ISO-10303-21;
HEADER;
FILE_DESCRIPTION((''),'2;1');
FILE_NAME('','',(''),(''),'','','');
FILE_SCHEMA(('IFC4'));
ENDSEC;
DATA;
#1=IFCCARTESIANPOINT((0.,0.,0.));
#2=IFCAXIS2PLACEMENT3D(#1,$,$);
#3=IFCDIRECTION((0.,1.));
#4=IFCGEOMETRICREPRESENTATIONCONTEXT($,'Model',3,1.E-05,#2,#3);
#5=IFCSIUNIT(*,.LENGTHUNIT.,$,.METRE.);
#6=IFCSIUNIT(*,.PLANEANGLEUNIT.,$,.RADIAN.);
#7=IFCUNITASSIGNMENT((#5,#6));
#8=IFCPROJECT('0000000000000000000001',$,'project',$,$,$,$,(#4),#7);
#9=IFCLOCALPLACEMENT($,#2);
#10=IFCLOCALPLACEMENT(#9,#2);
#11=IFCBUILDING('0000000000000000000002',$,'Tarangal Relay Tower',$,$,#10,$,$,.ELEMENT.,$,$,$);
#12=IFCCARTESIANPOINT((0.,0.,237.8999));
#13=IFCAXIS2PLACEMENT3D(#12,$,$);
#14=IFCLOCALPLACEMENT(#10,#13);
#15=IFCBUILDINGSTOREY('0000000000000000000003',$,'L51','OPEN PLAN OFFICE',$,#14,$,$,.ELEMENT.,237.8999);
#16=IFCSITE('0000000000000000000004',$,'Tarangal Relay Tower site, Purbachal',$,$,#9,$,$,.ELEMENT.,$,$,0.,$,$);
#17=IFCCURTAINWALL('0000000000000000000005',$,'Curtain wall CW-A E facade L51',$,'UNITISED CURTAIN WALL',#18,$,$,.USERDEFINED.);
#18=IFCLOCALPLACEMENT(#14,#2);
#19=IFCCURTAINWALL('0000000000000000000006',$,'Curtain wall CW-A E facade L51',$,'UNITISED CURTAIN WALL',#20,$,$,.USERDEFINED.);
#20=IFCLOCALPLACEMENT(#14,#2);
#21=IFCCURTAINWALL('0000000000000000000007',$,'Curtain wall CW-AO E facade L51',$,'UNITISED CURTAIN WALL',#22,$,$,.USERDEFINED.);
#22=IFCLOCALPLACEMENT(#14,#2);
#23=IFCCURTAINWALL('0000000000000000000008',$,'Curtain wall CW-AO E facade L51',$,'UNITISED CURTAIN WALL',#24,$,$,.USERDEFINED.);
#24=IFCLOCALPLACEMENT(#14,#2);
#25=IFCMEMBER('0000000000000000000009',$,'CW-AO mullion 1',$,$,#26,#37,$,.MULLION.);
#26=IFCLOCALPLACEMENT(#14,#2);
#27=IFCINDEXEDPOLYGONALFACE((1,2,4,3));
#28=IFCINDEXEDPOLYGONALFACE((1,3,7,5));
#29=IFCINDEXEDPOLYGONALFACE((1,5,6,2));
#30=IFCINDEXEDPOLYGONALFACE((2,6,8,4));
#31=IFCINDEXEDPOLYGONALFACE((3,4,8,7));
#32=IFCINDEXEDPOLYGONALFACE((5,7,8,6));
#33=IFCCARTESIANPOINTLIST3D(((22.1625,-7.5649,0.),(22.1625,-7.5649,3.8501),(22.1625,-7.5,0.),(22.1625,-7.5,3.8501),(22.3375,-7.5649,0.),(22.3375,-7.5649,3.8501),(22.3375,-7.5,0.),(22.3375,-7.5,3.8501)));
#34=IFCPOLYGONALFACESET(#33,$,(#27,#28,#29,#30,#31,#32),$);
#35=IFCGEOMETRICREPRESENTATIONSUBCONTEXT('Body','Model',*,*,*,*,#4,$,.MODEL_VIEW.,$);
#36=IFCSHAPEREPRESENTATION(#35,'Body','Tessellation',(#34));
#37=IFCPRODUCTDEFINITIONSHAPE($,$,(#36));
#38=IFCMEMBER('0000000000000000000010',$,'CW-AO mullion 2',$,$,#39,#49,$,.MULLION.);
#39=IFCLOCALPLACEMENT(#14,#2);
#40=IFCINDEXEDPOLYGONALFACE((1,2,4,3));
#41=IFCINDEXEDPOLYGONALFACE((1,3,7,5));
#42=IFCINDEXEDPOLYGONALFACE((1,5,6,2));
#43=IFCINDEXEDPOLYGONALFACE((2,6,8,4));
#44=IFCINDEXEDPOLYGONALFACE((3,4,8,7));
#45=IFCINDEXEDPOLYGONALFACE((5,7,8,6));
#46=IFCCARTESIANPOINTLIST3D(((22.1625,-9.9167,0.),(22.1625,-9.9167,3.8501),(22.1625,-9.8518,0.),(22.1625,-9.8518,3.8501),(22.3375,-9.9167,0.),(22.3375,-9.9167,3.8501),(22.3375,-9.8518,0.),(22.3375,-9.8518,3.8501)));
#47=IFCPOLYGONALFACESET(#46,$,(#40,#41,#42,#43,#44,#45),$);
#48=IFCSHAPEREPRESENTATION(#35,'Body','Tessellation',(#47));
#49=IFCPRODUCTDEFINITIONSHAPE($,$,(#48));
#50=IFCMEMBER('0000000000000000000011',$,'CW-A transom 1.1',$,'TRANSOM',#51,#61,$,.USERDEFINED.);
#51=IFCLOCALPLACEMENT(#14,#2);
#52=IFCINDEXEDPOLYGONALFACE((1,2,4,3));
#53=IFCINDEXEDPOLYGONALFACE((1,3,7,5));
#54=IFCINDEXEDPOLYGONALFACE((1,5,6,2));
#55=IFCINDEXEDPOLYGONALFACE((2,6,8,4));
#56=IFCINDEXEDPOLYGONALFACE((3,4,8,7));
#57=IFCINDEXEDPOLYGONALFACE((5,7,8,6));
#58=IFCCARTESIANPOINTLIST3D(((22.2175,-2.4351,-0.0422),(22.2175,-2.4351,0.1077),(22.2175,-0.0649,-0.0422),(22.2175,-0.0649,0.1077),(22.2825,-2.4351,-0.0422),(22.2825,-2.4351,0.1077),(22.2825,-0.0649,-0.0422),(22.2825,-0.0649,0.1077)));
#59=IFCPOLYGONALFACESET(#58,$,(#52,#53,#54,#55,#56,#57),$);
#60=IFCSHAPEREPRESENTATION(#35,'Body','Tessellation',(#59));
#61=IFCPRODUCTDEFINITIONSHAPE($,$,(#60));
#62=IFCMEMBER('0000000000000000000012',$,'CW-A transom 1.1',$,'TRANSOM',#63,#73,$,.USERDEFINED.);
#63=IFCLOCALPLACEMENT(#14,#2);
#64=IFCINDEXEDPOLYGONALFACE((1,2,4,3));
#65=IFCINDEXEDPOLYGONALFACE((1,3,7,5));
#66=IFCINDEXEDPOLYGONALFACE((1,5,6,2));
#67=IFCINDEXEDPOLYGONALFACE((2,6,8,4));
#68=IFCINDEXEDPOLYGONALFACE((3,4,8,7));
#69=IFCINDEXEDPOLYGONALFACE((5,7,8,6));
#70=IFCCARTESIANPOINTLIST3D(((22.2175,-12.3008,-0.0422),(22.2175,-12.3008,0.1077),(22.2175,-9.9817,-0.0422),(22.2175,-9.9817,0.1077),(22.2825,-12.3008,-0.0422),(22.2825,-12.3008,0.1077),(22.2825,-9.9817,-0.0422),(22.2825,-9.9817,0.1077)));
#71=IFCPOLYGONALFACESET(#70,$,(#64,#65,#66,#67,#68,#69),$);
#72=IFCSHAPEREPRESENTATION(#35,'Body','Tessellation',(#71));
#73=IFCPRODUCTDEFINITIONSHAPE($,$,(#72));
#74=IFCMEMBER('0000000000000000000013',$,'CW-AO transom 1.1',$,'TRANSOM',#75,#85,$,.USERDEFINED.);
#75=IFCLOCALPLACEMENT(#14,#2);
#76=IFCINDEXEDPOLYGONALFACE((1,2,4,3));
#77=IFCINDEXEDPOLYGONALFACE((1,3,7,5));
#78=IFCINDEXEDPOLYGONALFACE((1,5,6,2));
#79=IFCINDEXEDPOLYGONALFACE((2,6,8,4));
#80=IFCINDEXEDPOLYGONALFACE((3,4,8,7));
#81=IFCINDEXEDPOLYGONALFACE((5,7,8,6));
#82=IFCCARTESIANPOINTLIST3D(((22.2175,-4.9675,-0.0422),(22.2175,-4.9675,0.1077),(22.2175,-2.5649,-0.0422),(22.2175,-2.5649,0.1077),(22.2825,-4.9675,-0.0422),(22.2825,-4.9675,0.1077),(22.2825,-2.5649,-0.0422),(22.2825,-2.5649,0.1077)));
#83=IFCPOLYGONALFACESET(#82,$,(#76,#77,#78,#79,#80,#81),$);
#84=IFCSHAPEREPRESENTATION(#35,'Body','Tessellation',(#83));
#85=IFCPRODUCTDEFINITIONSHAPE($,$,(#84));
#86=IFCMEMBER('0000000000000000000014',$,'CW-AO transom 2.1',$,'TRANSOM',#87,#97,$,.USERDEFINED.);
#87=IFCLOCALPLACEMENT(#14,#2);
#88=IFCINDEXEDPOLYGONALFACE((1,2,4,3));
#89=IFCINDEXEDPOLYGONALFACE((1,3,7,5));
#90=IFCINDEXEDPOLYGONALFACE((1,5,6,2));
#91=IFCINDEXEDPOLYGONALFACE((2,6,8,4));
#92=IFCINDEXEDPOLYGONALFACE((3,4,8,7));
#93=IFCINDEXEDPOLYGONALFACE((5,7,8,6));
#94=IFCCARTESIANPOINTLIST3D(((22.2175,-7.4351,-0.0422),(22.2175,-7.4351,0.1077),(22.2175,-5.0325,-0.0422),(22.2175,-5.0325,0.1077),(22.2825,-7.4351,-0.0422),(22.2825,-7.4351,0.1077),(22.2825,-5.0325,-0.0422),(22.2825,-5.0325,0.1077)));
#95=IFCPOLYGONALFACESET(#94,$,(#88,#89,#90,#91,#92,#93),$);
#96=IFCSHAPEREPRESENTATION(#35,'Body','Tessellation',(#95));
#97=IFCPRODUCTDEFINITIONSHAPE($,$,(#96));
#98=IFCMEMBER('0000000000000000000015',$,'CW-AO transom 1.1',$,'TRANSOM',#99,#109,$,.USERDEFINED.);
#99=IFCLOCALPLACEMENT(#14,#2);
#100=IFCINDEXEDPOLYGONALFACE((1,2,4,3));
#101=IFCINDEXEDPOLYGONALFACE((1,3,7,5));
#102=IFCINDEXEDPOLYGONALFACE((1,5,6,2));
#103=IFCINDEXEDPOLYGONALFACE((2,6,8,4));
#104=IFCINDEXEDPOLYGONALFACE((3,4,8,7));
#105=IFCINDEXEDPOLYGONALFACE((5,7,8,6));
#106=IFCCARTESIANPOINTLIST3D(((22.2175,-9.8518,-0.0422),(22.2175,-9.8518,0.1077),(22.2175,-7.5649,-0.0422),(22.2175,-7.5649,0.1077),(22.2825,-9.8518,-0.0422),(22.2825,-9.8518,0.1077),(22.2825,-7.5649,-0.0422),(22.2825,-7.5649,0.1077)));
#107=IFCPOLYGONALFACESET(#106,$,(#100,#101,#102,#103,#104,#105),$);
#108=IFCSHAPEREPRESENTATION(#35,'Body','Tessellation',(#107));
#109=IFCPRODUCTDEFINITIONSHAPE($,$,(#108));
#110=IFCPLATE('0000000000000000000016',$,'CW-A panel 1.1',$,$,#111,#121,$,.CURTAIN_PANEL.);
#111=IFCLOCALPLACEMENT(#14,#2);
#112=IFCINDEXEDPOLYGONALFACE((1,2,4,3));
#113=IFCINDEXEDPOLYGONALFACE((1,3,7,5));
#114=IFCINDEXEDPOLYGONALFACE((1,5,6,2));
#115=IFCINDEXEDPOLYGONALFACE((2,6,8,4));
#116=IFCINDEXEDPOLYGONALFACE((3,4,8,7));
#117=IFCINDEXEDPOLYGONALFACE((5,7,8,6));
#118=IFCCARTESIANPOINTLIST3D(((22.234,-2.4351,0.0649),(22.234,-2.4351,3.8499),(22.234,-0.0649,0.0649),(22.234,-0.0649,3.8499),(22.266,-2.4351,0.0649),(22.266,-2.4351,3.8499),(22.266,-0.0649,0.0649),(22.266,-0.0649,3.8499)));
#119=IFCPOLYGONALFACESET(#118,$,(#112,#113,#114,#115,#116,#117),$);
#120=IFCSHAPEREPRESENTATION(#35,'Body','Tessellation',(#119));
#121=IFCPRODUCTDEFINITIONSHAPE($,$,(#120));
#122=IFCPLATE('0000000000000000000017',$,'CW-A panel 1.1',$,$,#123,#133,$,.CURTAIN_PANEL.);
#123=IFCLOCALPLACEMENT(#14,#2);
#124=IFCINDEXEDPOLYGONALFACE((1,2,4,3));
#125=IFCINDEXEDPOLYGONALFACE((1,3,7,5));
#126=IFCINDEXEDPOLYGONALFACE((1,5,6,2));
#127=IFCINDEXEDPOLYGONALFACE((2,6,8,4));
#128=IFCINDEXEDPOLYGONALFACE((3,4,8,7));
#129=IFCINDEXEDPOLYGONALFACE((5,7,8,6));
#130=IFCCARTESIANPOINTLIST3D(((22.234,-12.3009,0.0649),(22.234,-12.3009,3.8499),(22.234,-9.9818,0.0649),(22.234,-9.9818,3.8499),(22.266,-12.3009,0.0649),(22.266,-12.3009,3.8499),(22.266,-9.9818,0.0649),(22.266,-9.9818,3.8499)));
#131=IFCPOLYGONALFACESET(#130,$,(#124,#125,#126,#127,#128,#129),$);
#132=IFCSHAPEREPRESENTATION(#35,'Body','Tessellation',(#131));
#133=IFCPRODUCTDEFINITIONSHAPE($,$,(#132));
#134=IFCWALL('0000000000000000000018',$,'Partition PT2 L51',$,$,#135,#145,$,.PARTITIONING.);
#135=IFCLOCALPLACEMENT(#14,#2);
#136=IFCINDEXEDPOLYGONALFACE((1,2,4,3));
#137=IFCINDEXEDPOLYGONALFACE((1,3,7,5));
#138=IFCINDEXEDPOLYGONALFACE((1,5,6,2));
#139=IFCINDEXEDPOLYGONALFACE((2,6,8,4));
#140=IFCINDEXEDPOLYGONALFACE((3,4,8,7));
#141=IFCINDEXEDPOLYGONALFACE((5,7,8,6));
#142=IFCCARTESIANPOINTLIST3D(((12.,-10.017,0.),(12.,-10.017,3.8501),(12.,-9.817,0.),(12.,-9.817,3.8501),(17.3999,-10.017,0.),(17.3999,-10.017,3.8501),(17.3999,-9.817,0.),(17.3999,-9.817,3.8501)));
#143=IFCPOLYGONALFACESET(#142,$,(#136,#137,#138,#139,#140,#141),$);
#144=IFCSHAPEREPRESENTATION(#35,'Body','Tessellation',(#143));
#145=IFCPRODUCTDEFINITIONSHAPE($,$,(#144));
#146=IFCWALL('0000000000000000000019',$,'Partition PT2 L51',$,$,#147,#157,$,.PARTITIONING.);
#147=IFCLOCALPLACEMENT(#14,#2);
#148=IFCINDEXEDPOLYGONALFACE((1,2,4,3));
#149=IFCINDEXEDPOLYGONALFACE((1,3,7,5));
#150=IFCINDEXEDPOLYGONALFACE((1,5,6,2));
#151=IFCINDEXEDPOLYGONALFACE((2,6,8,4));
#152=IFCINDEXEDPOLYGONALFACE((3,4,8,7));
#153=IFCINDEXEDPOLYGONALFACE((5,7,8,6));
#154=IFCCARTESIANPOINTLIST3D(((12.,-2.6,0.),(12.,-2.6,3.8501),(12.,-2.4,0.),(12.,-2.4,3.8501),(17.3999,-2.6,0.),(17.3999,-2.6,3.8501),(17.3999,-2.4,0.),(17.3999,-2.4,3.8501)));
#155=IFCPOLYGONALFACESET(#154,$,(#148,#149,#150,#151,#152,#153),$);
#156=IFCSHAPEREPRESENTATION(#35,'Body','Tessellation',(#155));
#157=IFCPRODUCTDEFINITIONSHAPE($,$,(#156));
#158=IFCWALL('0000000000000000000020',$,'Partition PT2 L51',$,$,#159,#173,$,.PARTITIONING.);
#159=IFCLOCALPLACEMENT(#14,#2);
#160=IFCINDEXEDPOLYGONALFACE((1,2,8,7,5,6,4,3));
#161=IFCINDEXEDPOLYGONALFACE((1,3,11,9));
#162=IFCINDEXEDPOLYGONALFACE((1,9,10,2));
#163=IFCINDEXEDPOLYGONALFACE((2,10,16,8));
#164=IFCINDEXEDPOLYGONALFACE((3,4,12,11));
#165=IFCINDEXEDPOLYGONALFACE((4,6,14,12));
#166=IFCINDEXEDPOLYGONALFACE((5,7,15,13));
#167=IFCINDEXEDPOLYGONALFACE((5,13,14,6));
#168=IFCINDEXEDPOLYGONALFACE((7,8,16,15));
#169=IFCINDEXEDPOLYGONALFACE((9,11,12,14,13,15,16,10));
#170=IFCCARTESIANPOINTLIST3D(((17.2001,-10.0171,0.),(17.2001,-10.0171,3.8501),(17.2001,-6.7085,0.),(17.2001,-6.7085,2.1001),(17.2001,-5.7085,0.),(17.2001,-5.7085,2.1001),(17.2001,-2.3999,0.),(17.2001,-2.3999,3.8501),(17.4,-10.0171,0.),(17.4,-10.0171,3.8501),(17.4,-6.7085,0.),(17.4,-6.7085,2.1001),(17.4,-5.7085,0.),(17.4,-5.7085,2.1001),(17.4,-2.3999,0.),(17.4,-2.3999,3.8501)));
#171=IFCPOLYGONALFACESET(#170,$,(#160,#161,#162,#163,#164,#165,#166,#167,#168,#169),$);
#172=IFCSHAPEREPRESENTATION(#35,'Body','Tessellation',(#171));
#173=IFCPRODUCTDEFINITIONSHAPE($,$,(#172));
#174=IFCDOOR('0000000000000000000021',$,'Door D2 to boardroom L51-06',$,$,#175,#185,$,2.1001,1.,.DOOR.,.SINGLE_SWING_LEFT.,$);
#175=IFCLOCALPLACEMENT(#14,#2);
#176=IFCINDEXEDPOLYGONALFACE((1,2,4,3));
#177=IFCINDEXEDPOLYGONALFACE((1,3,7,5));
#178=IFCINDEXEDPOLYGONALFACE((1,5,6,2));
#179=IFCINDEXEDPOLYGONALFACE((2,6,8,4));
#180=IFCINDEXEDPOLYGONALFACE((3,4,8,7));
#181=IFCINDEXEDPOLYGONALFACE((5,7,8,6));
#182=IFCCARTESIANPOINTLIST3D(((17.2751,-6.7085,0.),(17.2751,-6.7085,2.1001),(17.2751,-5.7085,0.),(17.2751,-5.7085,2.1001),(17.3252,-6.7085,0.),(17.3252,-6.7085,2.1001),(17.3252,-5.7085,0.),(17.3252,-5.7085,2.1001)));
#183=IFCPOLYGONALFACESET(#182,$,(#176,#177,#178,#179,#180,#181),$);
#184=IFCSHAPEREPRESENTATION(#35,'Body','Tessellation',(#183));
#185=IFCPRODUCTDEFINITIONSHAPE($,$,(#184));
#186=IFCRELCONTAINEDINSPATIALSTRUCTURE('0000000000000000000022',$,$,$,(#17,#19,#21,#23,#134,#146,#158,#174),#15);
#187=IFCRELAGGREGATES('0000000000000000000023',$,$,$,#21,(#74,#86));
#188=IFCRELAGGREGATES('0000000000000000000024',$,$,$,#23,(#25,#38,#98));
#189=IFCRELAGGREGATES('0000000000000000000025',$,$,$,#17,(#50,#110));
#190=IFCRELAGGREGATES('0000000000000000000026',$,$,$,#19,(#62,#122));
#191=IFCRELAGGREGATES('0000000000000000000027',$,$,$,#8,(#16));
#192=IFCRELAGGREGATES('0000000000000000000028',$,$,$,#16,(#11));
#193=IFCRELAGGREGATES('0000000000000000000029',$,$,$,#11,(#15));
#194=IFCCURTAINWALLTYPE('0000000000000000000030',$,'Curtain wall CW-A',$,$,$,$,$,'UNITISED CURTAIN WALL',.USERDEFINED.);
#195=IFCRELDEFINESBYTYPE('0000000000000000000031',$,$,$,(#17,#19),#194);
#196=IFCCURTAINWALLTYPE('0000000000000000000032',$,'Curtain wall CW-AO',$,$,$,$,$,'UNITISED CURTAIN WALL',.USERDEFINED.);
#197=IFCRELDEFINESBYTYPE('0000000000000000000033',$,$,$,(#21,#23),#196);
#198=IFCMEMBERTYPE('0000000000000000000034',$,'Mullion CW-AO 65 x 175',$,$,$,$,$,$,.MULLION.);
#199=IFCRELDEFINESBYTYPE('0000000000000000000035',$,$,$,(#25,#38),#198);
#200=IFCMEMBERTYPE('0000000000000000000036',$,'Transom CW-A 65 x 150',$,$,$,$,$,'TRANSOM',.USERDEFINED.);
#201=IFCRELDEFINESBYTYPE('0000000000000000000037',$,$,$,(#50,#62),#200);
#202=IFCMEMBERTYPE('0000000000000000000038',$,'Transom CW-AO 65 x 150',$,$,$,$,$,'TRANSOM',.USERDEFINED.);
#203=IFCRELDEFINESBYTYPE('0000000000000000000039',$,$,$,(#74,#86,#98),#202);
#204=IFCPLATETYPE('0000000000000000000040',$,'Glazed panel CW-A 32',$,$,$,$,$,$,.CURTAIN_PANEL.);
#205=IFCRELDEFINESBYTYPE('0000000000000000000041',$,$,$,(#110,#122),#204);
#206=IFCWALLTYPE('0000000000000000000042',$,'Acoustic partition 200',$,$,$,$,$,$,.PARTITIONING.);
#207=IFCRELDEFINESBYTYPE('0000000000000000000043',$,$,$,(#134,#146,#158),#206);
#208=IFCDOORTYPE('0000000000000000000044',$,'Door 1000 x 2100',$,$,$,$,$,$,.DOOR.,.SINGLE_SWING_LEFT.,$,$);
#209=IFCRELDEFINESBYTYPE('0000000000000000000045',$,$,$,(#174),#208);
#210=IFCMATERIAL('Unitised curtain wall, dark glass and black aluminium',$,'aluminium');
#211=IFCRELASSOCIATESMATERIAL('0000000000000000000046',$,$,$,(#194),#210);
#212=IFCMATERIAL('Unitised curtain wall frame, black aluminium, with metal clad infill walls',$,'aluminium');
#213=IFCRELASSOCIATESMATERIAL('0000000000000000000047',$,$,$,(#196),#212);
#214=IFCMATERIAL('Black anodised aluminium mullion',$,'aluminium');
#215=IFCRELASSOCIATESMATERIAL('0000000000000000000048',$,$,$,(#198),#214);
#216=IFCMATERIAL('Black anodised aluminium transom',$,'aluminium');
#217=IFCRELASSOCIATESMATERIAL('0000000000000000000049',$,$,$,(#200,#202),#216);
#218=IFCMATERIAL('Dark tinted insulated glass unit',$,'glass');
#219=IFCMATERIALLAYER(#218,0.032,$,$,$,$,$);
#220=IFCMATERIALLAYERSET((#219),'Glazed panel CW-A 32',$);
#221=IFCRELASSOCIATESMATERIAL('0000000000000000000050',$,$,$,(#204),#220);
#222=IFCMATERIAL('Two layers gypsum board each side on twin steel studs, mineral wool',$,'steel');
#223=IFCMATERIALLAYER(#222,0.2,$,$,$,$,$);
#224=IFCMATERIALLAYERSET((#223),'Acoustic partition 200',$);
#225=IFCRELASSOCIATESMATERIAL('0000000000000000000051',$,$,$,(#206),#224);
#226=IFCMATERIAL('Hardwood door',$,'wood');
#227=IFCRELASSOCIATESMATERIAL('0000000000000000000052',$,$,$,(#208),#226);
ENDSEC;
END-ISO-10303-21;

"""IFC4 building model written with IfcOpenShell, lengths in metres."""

from ifc_helpers import new_model, si_unit, direction, frame, frame_2d, origin, origin_2d, place, context, subcontext, project, spatial, rectangle, extrude, material, layer, layer_set, material_profile, profile_set, type_object, element, fill, aggregate, save


model = new_model("IFC4")

# Units and contexts
model_context = context("Model", 3, precision=1e-05, world=origin(), true_north=direction((0.0, 1.0)))
body_context = subcontext(model_context, "Body", "Model", "MODEL_VIEW")
ifc_project = project(units=[si_unit("LENGTHUNIT", "METRE"), si_unit("PLANEANGLEUNIT", "RADIAN")], contexts=[model_context])

# Site, building, storey
site_placement = place(None, origin())
site = spatial("IfcSite", under=ifc_project, at=site_placement, Name="Tarangal Relay Tower site, Purbachal", CompositionType="ELEMENT", RefElevation=0.0)
building_placement = place(site_placement, origin())
building = spatial("IfcBuilding", under=site, at=building_placement, Name="Tarangal Relay Tower", CompositionType="ELEMENT")
storey_placement = place(building_placement, frame((0.0, 0.0, 237.8999)))
storey = spatial("IfcBuildingStorey", under=building, at=storey_placement, Name="L51", Description="OPEN PLAN OFFICE", CompositionType="ELEMENT", Elevation=237.8999)

# Curtain wall
ifc_material_1 = material(Name="Unitised curtain wall, dark glass and black aluminium", Category="aluminium")
curtain_wall_type_1 = type_object("IfcCurtainWallType", Name="Curtain wall CW-A", ElementType="UNITISED CURTAIN WALL", PredefinedType="USERDEFINED", material=ifc_material_1)
curtain_wall_1_placement = place(storey_placement, origin())
curtain_wall_1 = element("IfcCurtainWall", 1, at=curtain_wall_1_placement, inside=storey, type_object=curtain_wall_type_1, Name="Curtain wall CW-A E facade L51", ObjectType="UNITISED CURTAIN WALL", PredefinedType="USERDEFINED")
ifc_material_2 = material(Name="Black anodised aluminium mullion", Category="aluminium")

# Curtain wall
curtain_wall_2_placement = place(storey_placement, origin())
curtain_wall_2 = element("IfcCurtainWall", 2, at=curtain_wall_2_placement, inside=storey, type_object=curtain_wall_type_1, Name="Curtain wall CW-A E facade L51", ObjectType="UNITISED CURTAIN WALL", PredefinedType="USERDEFINED")

# Curtain walls, members
ifc_material_3 = material(Name="Unitised curtain wall frame, black aluminium, with metal clad infill walls", Category="aluminium")
curtain_wall_type_2 = type_object("IfcCurtainWallType", Name="Curtain wall CW-AO", ElementType="UNITISED CURTAIN WALL", PredefinedType="USERDEFINED", material=ifc_material_3)
curtain_wall_3_placement = place(storey_placement, origin())
curtain_wall_3 = element("IfcCurtainWall", 3, at=curtain_wall_3_placement, inside=storey, type_object=curtain_wall_type_2, Name="Curtain wall CW-AO E facade L51", ObjectType="UNITISED CURTAIN WALL", PredefinedType="USERDEFINED")
ifc_material_profile_1 = material_profile(ifc_material_2, rectangle(XDim=0.175, YDim=0.0649, at=origin_2d()), Name="CW-AOM 65X175")
ifc_profile_set_1 = profile_set([ifc_material_profile_1], Name="Black anodised aluminium mullion")
member_type_1 = type_object("IfcMemberType", Name="Mullion CW-AO 65 x 175", PredefinedType="MULLION", material=ifc_profile_set_1)
curtain_wall_4_placement = place(storey_placement, origin())
curtain_wall_4 = element("IfcCurtainWall", 4, at=curtain_wall_4_placement, inside=storey, type_object=curtain_wall_type_2, Name="Curtain wall CW-AO E facade L51", ObjectType="UNITISED CURTAIN WALL", PredefinedType="USERDEFINED")
member_1_placement = place(storey_placement, frame((22.25, -7.5325, 0.0), z_axis=(0.0, 0.0, 1.0), x_axis=(1.0, 0.0, 0.0)))
member_1 = element("IfcMember", 5, at=member_1_placement, type_object=member_type_1, Name="CW-AO mullion 1", PredefinedType="MULLION", context=body_context, shape_type="SweptSolid", body=[
    extrude(rectangle(XDim=0.175, YDim=0.0649, at=origin_2d()), origin(), (0.0, 0.0, 1.0), 3.8501),
])
member_2_placement = place(storey_placement, frame((22.25, -9.8843, 0.0), z_axis=(0.0, 0.0, 1.0), x_axis=(1.0, 0.0, 0.0)))
member_2 = element("IfcMember", 6, at=member_2_placement, type_object=member_type_1, Name="CW-AO mullion 2", PredefinedType="MULLION", context=body_context, shape_type="SweptSolid", body=[
    extrude(rectangle(XDim=0.175, YDim=0.0649, at=origin_2d()), origin(), (0.0, 0.0, 1.0), 3.8501),
])

# Members
ifc_material_4 = material(Name="Black anodised aluminium transom", Category="aluminium")
ifc_material_profile_2 = material_profile(ifc_material_4, rectangle(XDim=0.0649, YDim=0.1499, at=origin_2d()), Name="CW-AT 65X150")
ifc_profile_set_2 = profile_set([ifc_material_profile_2], Name="Black anodised aluminium transom")
member_type_2 = type_object("IfcMemberType", Name="Transom CW-A 65 x 150", ElementType="TRANSOM", PredefinedType="USERDEFINED", material=ifc_profile_set_2)
member_3_placement = place(storey_placement, frame((22.25, -0.0649, 0.0327), z_axis=(0.0, -1.0, 0.0), x_axis=(1.0, 0.0, 0.0)))
member_3 = element("IfcMember", 7, at=member_3_placement, type_object=member_type_2, Name="CW-A transom 1.1", ObjectType="TRANSOM", PredefinedType="USERDEFINED", context=body_context, shape_type="SweptSolid", body=[
    extrude(rectangle(XDim=0.0649, YDim=0.1499, at=origin_2d()), origin(), (0.0, 0.0, 1.0), 2.3701),
])
member_4_placement = place(storey_placement, frame((22.25, -9.9817, 0.0327), z_axis=(0.0, -1.0, 0.0), x_axis=(1.0, 0.0, 0.0)))
member_4 = element("IfcMember", 8, at=member_4_placement, type_object=member_type_2, Name="CW-A transom 1.1", ObjectType="TRANSOM", PredefinedType="USERDEFINED", context=body_context, shape_type="SweptSolid", body=[
    extrude(rectangle(XDim=0.0649, YDim=0.1499, at=origin_2d()), origin(), (0.0, 0.0, 1.0), 2.3191),
])
ifc_material_profile_3 = material_profile(ifc_material_4, rectangle(XDim=0.0649, YDim=0.1499, at=origin_2d()), Name="CW-AOT 65X150")
ifc_profile_set_3 = profile_set([ifc_material_profile_3], Name="Black anodised aluminium transom")
member_type_3 = type_object("IfcMemberType", Name="Transom CW-AO 65 x 150", ElementType="TRANSOM", PredefinedType="USERDEFINED", material=ifc_profile_set_3)
member_5_placement = place(storey_placement, frame((22.25, -2.5649, 0.0327), z_axis=(0.0, -1.0, 0.0), x_axis=(1.0, 0.0, 0.0)))
member_5 = element("IfcMember", 9, at=member_5_placement, type_object=member_type_3, Name="CW-AO transom 1.1", ObjectType="TRANSOM", PredefinedType="USERDEFINED", context=body_context, shape_type="SweptSolid", body=[
    extrude(rectangle(XDim=0.0649, YDim=0.1499, at=origin_2d()), origin(), (0.0, 0.0, 1.0), 2.4026),
])
member_6_placement = place(storey_placement, frame((22.25, -5.0325, 0.0327), z_axis=(0.0, -1.0, 0.0), x_axis=(1.0, 0.0, 0.0)))
member_6 = element("IfcMember", 10, at=member_6_placement, type_object=member_type_3, Name="CW-AO transom 2.1", ObjectType="TRANSOM", PredefinedType="USERDEFINED", context=body_context, shape_type="SweptSolid", body=[
    extrude(rectangle(XDim=0.0649, YDim=0.1499, at=origin_2d()), origin(), (0.0, 0.0, 1.0), 2.4026),
])
aggregate(curtain_wall_3, [member_5, member_6])
member_7_placement = place(storey_placement, frame((22.25, -7.5649, 0.0327), z_axis=(0.0, -1.0, 0.0), x_axis=(1.0, 0.0, 0.0)))
member_7 = element("IfcMember", 11, at=member_7_placement, type_object=member_type_3, Name="CW-AO transom 1.1", ObjectType="TRANSOM", PredefinedType="USERDEFINED", context=body_context, shape_type="SweptSolid", body=[
    extrude(rectangle(XDim=0.0649, YDim=0.1499, at=origin_2d()), origin(), (0.0, 0.0, 1.0), 2.2869),
])
aggregate(curtain_wall_4, [member_1, member_2, member_7])

# Plates
ifc_material_5 = material(Name="Dark tinted insulated glass unit", Category="glass")
ifc_layer_1 = layer(ifc_material_5, 0.032)
ifc_layer_set_1 = layer_set([ifc_layer_1], Name="Glazed panel CW-A 32")
plate_type = type_object("IfcPlateType", Name="Glazed panel CW-A 32", PredefinedType="CURTAIN_PANEL", material=ifc_layer_set_1)
plate_1_placement = place(storey_placement, frame((22.25, -1.25, 0.0649), z_axis=(0.0, 0.0, 1.0), x_axis=(0.0, -1.0, 0.0)))
plate_1 = element("IfcPlate", 12, at=plate_1_placement, type_object=plate_type, Name="CW-A panel 1.1", PredefinedType="CURTAIN_PANEL", context=body_context, shape_type="SweptSolid", body=[
    extrude(rectangle(XDim=2.3701, YDim=0.032, at=origin_2d()), origin(), (0.0, 0.0, 1.0), 3.7849),
])
aggregate(curtain_wall_1, [member_3, plate_1])
plate_2_placement = place(storey_placement, frame((22.25, -11.1414, 0.0649), z_axis=(0.0, 0.0, 1.0), x_axis=(0.0, -1.0, 0.0)))
plate_2 = element("IfcPlate", 13, at=plate_2_placement, type_object=plate_type, Name="CW-A panel 1.1", PredefinedType="CURTAIN_PANEL", context=body_context, shape_type="SweptSolid", body=[
    extrude(rectangle(XDim=2.3191, YDim=0.032, at=origin_2d()), origin(), (0.0, 0.0, 1.0), 3.7849),
])
aggregate(curtain_wall_2, [member_4, plate_2])

# Walls
ifc_material_6 = material(Name="Two layers gypsum board each side on twin steel studs, mineral wool", Category="steel")
ifc_layer_2 = layer(ifc_material_6, 0.2)
ifc_layer_set_2 = layer_set([ifc_layer_2], Name="Acoustic partition 200")
wall_type_1 = type_object("IfcWallType", Name="Acoustic partition 200", PredefinedType="PARTITIONING", material=ifc_layer_set_2)
for number, where, z_axis, x_axis, name in (
    (14, (12.0, -9.917, 0.0), (0.0, 0.0, 1.0), (1.0, 0.0, 0.0), "Partition PT2 L51"),
    (15, (12.0, -2.5, 0.0), (0.0, 0.0, 1.0), (1.0, 0.0, 0.0), "Partition PT2 L51"),
):
    element("IfcWall", number, at=place(storey_placement, frame(where, z_axis=z_axis, x_axis=x_axis)), inside=storey, type_object=wall_type_1, Name=name, PredefinedType="PARTITIONING", context=body_context, shape_type="SweptSolid", body=[
        extrude(rectangle(XDim=5.3999, YDim=0.2, at=frame_2d((2.7, 0.0))), origin(), (0.0, 0.0, 1.0), 3.8501),
    ])

# Wall, opening, door
wall_1_placement = place(storey_placement, frame((17.3, -10.0171, 0.0), z_axis=(0.0, 0.0, 1.0), x_axis=(0.0, 1.0, 0.0)))
wall_1 = element("IfcWall", 16, at=wall_1_placement, inside=storey, type_object=wall_type_1, Name="Partition PT2 L51", PredefinedType="PARTITIONING", context=body_context, shape_type="SweptSolid", body=[
    extrude(rectangle(XDim=7.6172, YDim=0.2, at=frame_2d((3.8086, 0.0))), origin(), (0.0, 0.0, 1.0), 3.8501),
])
opening_1_placement = place(wall_1_placement, frame((3.3086, 0.0, 0.0)))
opening_1 = element("IfcOpeningElement", 17, at=opening_1_placement, cuts=wall_1, PredefinedType="OPENING", context=body_context, shape_type="SweptSolid", body=[
    extrude(rectangle(XDim=1.0, YDim=2.1001, at=frame_2d((0.5, 1.05))), frame((0.0, 0.1099, 0.0), z_axis=(0.0, -1.0, 0.0), x_axis=(1.0, 0.0, 0.0)), (0.0, 0.0, 1.0), 0.22),
])
ifc_material_7 = material(Name="Hardwood door", Category="wood")
door_type_1 = type_object("IfcDoorType", Name="Door 1000 x 2100", OperationType="SINGLE_SWING_LEFT", PredefinedType="DOOR", material=ifc_material_7)
door_1_placement = place(opening_1_placement, origin())
door_1 = element("IfcDoor", 18, at=door_1_placement, inside=storey, type_object=door_type_1, Name="Door D2 to boardroom L51-06", OperationType="SINGLE_SWING_LEFT", OverallHeight=2.1001, OverallWidth=1.0, PredefinedType="DOOR", context=body_context, shape_type="SweptSolid", body=[
    extrude(rectangle(XDim=1.0, YDim=2.1001, at=frame_2d((0.5, 1.05))), frame((0.0, 0.0249, 0.0), z_axis=(0.0, -1.0, 0.0), x_axis=(1.0, 0.0, 0.0)), (0.0, 0.0, 1.0), 0.05),
])
fill(opening_1, door_1)

save(model, "model.ifc")
